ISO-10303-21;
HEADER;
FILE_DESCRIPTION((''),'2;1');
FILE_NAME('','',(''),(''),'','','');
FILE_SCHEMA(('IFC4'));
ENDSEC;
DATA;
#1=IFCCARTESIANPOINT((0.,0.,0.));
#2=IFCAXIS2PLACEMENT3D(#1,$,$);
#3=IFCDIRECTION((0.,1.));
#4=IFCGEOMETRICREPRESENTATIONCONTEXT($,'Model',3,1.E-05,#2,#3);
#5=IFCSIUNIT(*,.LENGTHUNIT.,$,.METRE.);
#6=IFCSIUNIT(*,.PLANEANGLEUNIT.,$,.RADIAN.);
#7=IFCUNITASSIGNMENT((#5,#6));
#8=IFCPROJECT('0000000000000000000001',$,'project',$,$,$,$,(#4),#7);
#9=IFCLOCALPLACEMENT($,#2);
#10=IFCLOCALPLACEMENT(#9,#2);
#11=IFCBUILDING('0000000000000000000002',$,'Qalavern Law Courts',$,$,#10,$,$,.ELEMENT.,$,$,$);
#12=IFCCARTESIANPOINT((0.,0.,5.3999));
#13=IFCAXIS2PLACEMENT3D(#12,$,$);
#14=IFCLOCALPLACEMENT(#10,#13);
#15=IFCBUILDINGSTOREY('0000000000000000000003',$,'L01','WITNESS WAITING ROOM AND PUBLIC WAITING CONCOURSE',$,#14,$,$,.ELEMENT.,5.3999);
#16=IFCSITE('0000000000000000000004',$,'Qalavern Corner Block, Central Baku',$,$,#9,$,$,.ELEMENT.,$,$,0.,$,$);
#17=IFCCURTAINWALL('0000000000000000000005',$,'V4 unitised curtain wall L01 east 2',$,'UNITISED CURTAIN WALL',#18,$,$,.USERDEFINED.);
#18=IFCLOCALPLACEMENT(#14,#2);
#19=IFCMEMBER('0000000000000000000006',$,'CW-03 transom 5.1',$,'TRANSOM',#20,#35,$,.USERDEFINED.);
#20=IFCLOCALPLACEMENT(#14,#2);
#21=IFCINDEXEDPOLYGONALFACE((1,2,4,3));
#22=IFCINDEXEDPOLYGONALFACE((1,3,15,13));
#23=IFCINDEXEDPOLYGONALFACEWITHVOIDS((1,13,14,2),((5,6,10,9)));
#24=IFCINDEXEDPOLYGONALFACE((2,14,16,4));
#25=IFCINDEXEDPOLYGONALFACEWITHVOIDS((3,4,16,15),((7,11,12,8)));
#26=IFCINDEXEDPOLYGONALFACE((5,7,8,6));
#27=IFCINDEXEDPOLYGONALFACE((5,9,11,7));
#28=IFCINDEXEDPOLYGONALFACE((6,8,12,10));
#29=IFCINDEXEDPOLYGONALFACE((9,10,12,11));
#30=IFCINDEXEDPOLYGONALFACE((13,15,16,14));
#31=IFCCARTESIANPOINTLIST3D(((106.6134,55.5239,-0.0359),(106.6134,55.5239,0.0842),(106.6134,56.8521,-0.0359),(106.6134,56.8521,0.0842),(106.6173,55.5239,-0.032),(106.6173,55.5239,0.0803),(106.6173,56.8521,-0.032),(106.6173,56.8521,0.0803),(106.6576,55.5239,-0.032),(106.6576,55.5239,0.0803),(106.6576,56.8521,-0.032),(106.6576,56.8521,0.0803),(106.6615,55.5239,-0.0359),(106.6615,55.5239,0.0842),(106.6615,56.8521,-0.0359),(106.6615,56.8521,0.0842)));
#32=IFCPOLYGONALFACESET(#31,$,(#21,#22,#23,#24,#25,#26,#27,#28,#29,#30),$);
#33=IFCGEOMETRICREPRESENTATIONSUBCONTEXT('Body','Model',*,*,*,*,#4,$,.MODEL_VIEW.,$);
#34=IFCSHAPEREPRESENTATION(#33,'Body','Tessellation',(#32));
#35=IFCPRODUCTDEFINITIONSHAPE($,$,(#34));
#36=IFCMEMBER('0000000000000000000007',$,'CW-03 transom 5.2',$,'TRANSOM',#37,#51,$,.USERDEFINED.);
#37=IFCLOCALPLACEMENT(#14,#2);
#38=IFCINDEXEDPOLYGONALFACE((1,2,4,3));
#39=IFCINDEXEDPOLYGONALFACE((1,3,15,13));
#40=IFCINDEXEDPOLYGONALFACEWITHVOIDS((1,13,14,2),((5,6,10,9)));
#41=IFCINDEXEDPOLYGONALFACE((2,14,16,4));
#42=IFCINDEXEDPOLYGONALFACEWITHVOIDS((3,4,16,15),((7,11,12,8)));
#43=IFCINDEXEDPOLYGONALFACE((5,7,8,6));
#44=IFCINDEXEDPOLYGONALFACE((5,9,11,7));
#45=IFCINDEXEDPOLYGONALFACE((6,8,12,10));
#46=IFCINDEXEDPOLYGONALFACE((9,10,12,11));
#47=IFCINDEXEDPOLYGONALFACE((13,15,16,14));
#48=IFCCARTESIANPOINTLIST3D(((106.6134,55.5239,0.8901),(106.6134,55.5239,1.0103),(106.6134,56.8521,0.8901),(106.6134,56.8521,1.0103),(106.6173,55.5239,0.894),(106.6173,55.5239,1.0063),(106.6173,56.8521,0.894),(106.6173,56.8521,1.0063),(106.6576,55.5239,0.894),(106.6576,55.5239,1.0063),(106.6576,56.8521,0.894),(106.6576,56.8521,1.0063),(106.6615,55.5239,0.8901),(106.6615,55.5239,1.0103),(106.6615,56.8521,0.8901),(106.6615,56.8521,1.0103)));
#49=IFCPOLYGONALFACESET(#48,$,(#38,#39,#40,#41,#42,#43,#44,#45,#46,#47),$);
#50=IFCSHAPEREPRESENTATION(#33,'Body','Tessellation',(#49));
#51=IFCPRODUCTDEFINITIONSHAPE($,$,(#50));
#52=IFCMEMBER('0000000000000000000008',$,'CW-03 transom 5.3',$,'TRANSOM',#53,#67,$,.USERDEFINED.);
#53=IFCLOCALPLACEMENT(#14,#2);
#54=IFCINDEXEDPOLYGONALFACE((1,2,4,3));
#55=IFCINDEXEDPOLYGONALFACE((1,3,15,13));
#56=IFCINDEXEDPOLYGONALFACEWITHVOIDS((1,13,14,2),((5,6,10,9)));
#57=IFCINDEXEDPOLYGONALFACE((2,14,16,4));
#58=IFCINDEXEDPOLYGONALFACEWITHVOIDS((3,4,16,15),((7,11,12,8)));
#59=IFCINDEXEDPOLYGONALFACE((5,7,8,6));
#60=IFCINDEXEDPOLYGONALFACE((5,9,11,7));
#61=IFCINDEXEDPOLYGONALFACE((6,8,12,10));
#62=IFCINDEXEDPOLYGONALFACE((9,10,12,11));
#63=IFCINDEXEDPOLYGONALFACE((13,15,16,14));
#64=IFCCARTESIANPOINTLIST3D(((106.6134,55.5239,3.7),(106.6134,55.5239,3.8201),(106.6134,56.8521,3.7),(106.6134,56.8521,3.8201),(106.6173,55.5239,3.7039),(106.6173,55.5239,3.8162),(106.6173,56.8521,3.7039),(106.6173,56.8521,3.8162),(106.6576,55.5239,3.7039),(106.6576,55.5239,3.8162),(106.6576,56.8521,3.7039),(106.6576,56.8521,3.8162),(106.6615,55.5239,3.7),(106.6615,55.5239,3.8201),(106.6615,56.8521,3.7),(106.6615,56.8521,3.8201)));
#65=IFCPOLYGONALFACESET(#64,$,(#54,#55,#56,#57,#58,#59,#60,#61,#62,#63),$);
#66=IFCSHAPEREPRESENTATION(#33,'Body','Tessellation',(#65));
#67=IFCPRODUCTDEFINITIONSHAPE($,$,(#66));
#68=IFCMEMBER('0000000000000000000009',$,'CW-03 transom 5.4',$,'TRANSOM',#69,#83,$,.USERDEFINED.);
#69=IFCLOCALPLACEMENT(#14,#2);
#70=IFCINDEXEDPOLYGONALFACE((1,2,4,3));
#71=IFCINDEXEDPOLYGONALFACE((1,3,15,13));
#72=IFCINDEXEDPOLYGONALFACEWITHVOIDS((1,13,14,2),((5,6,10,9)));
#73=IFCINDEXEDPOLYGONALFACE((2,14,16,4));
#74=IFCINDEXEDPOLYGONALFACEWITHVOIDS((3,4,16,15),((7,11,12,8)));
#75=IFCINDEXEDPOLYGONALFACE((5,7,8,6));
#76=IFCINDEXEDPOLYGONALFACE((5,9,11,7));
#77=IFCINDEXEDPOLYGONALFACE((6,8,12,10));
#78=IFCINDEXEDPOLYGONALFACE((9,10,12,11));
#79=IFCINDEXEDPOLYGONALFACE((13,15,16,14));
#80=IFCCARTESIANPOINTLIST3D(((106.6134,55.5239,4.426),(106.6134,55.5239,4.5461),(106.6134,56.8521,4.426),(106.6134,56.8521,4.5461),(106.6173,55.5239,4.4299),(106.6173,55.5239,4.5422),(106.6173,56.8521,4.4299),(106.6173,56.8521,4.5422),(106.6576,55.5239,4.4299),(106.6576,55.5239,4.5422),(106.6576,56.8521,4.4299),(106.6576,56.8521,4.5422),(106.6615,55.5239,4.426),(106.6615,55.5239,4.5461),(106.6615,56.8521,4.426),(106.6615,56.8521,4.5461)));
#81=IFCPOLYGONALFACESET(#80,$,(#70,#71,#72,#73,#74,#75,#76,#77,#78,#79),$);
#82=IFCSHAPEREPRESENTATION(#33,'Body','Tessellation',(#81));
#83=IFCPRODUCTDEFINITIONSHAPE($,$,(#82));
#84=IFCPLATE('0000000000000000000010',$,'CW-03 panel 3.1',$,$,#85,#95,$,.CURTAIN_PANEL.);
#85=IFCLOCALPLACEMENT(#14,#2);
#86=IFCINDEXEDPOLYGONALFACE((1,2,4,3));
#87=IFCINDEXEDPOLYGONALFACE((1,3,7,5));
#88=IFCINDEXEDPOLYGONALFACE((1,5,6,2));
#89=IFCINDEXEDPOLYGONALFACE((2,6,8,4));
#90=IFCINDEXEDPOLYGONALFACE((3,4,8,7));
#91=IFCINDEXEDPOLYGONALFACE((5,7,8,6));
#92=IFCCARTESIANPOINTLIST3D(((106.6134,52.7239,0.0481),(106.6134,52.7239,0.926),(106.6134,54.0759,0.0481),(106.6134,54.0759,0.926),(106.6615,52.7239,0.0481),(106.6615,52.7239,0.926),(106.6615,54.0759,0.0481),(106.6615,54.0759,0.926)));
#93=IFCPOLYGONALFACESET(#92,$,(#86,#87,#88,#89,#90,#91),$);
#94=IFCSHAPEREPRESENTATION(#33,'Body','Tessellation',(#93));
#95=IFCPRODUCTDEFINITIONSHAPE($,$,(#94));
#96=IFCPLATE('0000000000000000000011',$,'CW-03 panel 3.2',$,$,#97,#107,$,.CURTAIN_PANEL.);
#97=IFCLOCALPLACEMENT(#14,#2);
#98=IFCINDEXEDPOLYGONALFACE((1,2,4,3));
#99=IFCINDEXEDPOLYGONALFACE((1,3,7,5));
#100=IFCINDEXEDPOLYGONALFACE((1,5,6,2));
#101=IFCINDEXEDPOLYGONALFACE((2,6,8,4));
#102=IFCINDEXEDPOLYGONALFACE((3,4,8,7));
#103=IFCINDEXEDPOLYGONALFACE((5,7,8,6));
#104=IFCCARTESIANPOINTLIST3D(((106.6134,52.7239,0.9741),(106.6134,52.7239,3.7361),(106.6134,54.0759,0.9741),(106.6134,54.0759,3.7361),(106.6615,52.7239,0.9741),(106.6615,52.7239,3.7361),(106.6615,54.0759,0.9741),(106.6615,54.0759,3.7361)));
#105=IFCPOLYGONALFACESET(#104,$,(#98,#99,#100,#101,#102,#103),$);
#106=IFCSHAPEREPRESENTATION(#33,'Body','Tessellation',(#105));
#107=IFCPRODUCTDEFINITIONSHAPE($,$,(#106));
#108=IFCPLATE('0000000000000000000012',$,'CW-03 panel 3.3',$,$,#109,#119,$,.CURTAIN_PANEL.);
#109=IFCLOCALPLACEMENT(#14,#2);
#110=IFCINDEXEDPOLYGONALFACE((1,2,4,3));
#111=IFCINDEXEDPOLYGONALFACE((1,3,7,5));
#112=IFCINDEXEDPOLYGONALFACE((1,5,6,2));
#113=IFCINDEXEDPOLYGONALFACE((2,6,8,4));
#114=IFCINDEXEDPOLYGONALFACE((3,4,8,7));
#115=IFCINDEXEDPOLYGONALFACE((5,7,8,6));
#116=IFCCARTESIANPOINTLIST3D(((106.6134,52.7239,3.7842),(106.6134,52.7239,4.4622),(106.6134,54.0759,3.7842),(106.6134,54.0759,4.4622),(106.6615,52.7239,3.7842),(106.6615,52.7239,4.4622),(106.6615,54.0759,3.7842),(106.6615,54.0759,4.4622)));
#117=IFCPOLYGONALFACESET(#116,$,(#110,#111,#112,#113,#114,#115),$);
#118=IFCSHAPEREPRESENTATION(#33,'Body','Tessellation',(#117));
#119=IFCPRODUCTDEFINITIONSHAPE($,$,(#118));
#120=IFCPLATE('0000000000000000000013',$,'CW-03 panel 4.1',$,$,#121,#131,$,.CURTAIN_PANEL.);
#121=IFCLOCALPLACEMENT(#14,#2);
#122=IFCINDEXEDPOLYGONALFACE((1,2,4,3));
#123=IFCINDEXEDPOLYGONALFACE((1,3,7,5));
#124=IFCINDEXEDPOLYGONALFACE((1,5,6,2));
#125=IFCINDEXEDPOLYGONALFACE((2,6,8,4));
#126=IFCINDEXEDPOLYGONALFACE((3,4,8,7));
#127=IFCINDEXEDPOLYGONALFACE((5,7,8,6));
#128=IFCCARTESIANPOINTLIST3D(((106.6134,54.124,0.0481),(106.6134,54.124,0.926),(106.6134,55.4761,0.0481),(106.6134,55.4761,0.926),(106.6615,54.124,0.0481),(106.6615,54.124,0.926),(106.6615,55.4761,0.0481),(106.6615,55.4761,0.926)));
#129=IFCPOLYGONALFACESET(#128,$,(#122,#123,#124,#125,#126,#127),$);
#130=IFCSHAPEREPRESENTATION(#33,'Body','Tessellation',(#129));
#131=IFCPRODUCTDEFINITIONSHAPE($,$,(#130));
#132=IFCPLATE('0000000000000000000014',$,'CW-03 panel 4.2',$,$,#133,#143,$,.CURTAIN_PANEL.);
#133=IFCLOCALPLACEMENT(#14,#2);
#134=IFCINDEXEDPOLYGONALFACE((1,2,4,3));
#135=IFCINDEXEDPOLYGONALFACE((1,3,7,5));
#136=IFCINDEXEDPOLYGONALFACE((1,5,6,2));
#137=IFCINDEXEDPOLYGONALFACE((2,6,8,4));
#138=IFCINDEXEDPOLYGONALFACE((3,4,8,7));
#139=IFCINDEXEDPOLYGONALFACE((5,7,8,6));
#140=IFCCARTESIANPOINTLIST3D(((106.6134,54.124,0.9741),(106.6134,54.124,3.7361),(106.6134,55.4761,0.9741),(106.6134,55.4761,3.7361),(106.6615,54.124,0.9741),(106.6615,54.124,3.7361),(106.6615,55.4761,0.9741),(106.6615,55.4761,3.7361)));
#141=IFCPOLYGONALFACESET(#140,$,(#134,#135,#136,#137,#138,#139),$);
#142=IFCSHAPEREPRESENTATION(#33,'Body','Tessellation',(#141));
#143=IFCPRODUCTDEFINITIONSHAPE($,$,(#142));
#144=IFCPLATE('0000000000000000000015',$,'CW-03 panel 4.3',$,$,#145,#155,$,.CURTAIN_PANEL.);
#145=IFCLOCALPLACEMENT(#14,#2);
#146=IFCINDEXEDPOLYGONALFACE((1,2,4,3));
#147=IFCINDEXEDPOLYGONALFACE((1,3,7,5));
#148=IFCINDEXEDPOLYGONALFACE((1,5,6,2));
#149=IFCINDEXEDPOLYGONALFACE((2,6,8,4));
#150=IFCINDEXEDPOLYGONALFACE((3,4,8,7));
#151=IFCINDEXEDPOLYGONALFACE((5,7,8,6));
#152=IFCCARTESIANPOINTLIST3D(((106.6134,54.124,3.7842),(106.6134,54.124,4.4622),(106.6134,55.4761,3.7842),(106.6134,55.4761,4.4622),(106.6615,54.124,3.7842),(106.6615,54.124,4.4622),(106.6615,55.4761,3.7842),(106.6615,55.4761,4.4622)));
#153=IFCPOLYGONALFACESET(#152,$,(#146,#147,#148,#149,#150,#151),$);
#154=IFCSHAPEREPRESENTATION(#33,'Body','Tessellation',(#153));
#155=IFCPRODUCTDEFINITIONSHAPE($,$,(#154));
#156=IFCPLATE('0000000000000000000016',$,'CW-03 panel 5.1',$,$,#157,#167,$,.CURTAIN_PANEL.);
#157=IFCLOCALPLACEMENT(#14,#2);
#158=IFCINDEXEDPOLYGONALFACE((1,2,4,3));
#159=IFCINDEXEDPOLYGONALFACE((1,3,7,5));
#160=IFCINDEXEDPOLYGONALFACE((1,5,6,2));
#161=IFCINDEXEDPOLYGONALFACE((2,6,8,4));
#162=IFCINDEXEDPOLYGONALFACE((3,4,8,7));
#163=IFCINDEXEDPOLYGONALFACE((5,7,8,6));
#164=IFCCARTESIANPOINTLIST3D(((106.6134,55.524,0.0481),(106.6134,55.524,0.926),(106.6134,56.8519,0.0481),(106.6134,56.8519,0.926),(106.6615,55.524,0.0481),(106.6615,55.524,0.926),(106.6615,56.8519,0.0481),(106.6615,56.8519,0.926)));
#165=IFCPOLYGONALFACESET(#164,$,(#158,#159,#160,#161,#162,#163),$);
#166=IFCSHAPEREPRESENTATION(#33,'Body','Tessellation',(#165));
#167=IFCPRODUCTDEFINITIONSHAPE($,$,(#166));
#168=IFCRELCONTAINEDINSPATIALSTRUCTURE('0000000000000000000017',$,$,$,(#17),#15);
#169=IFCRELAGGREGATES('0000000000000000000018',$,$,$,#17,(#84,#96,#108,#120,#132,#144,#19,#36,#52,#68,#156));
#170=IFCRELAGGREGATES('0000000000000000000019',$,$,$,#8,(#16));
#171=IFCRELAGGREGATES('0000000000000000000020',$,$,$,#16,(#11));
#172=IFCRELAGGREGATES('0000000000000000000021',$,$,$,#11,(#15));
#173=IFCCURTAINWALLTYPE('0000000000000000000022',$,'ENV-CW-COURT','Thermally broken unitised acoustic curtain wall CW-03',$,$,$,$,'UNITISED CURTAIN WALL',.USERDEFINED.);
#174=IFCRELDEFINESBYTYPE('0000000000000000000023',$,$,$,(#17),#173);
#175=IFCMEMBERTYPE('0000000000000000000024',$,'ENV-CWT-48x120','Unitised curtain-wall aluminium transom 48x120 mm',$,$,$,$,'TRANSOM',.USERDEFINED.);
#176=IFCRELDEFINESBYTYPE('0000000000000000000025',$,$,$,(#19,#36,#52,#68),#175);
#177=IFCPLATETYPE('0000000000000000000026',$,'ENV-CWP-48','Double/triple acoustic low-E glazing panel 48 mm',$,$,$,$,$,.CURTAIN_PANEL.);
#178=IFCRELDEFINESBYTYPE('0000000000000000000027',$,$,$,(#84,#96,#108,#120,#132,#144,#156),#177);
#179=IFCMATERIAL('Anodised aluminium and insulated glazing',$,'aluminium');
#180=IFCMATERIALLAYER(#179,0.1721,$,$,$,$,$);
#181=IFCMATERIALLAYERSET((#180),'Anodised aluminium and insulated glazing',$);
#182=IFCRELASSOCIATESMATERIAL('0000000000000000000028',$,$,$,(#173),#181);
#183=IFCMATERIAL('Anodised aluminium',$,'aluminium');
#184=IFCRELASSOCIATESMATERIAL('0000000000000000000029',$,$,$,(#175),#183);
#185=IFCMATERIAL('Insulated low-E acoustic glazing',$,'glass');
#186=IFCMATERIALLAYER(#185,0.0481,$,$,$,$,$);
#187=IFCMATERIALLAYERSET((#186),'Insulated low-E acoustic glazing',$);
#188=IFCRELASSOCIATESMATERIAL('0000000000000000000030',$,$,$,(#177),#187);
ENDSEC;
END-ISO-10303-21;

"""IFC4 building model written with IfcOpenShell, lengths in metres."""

from ifc_helpers import new_model, si_unit, direction, frame, origin, origin_2d, place, context, subcontext, project, spatial, rectangle, hollow_rectangle, extrude, material, layer, layer_set, material_profile, profile_set, type_object, element, aggregate, save


model = new_model("IFC4")

# Units and contexts
model_context = context("Model", 3, precision=1e-05, world=origin(), true_north=direction((0.0, 1.0)))
body_context = subcontext(model_context, "Body", "Model", "MODEL_VIEW")
ifc_project = project(units=[si_unit("LENGTHUNIT", "METRE"), si_unit("PLANEANGLEUNIT", "RADIAN")], contexts=[model_context])

# Site, building, storey
site_placement = place(None, origin())
site = spatial("IfcSite", under=ifc_project, at=site_placement, Name="Qalavern Corner Block, Central Baku", CompositionType="ELEMENT", RefElevation=0.0)
building_placement = place(site_placement, origin())
building = spatial("IfcBuilding", under=site, at=building_placement, Name="Qalavern Law Courts", CompositionType="ELEMENT")
storey_placement = place(building_placement, frame((0.0, 0.0, 5.3999)))
storey = spatial("IfcBuildingStorey", under=building, at=storey_placement, Name="L01", Description="WITNESS WAITING ROOM AND PUBLIC WAITING CONCOURSE", CompositionType="ELEMENT", Elevation=5.3999)

# Curtain wall, members, plates
ifc_material_1 = material(Name="Anodised aluminium and insulated glazing", Category="aluminium")
ifc_layer_1 = layer(ifc_material_1, 0.1721)
ifc_layer_set_1 = layer_set([ifc_layer_1], Name="Anodised aluminium and insulated glazing")
curtain_wall_type = type_object("IfcCurtainWallType", Name="ENV-CW-COURT", Description="Thermally broken unitised acoustic curtain wall CW-03", ElementType="UNITISED CURTAIN WALL", PredefinedType="USERDEFINED", material=ifc_layer_set_1)
curtain_wall_placement = place(storey_placement, origin())
curtain_wall = element("IfcCurtainWall", 1, at=curtain_wall_placement, inside=storey, type_object=curtain_wall_type, Name="V4 unitised curtain wall L01 east 2", ObjectType="UNITISED CURTAIN WALL", PredefinedType="USERDEFINED")
ifc_material_2 = material(Name="Anodised aluminium", Category="aluminium")
ifc_material_profile_1 = material_profile(ifc_material_2, hollow_rectangle(XDim=0.0481, YDim=0.1201, WallThickness=0.0039, at=origin_2d()), Name="ALU TRANSOM 48x120")
ifc_profile_set_1 = profile_set([ifc_material_profile_1], Name="Anodised aluminium")
member_type_1 = type_object("IfcMemberType", Name="ENV-CWT-48x120", Description="Unitised curtain-wall aluminium transom 48x120 mm", ElementType="TRANSOM", PredefinedType="USERDEFINED", material=ifc_profile_set_1)
member_1_placement = place(storey_placement, frame((106.6375, 55.5239, 0.0242), z_axis=(0.0, 1.0, 0.0), x_axis=(-1.0, 0.0, 0.0)))
member_1 = element("IfcMember", 2, at=member_1_placement, type_object=member_type_1, Name="CW-03 transom 5.1", ObjectType="TRANSOM", PredefinedType="USERDEFINED", context=body_context, shape_type="SweptSolid", body=[
    extrude(hollow_rectangle(XDim=0.0481, YDim=0.1201, WallThickness=0.0039, at=origin_2d()), origin(), (0.0, 0.0, 1.0), 1.3281),
])
member_2_placement = place(storey_placement, frame((106.6375, 55.5239, 0.9502), z_axis=(0.0, 1.0, 0.0), x_axis=(-1.0, 0.0, 0.0)))
member_2 = element("IfcMember", 3, at=member_2_placement, type_object=member_type_1, Name="CW-03 transom 5.2", ObjectType="TRANSOM", PredefinedType="USERDEFINED", context=body_context, shape_type="SweptSolid", body=[
    extrude(hollow_rectangle(XDim=0.0481, YDim=0.1201, WallThickness=0.0039, at=origin_2d()), origin(), (0.0, 0.0, 1.0), 1.3281),
])
member_3_placement = place(storey_placement, frame((106.6375, 55.5239, 3.76), z_axis=(0.0, 1.0, 0.0), x_axis=(-1.0, 0.0, 0.0)))
member_3 = element("IfcMember", 4, at=member_3_placement, type_object=member_type_1, Name="CW-03 transom 5.3", ObjectType="TRANSOM", PredefinedType="USERDEFINED", context=body_context, shape_type="SweptSolid", body=[
    extrude(hollow_rectangle(XDim=0.0481, YDim=0.1201, WallThickness=0.0039, at=origin_2d()), origin(), (0.0, 0.0, 1.0), 1.3281),
])
member_4_placement = place(storey_placement, frame((106.6375, 55.5239, 4.4861), z_axis=(0.0, 1.0, 0.0), x_axis=(-1.0, 0.0, 0.0)))
member_4 = element("IfcMember", 5, at=member_4_placement, type_object=member_type_1, Name="CW-03 transom 5.4", ObjectType="TRANSOM", PredefinedType="USERDEFINED", context=body_context, shape_type="SweptSolid", body=[
    extrude(hollow_rectangle(XDim=0.0481, YDim=0.1201, WallThickness=0.0039, at=origin_2d()), origin(), (0.0, 0.0, 1.0), 1.3281),
])
ifc_material_3 = material(Name="Insulated low-E acoustic glazing", Category="glass")
ifc_layer_2 = layer(ifc_material_3, 0.0481)
ifc_layer_set_2 = layer_set([ifc_layer_2], Name="Insulated low-E acoustic glazing")
plate_type = type_object("IfcPlateType", Name="ENV-CWP-48", Description="Double/triple acoustic low-E glazing panel 48 mm", PredefinedType="CURTAIN_PANEL", material=ifc_layer_set_2)
plate_1_placement = place(storey_placement, frame((106.6375, 53.3999, 0.0481), z_axis=(0.0, 0.0, 1.0), x_axis=(0.0, 1.0, 0.0)))
plate_1 = element("IfcPlate", 6, at=plate_1_placement, type_object=plate_type, Name="CW-03 panel 3.1", PredefinedType="CURTAIN_PANEL", context=body_context, shape_type="SweptSolid", body=[
    extrude(rectangle(XDim=1.3521, YDim=0.0481, at=origin_2d()), origin(), (0.0, 0.0, 1.0), 0.8779),
])
plate_2_placement = place(storey_placement, frame((106.6375, 53.3999, 0.9741), z_axis=(0.0, 0.0, 1.0), x_axis=(0.0, 1.0, 0.0)))
plate_2 = element("IfcPlate", 7, at=plate_2_placement, type_object=plate_type, Name="CW-03 panel 3.2", PredefinedType="CURTAIN_PANEL", context=body_context, shape_type="SweptSolid", body=[
    extrude(rectangle(XDim=1.3521, YDim=0.0481, at=origin_2d()), origin(), (0.0, 0.0, 1.0), 2.762),
])
plate_3_placement = place(storey_placement, frame((106.6375, 53.3999, 3.7842), z_axis=(0.0, 0.0, 1.0), x_axis=(0.0, 1.0, 0.0)))
plate_3 = element("IfcPlate", 8, at=plate_3_placement, type_object=plate_type, Name="CW-03 panel 3.3", PredefinedType="CURTAIN_PANEL", context=body_context, shape_type="SweptSolid", body=[
    extrude(rectangle(XDim=1.3521, YDim=0.0481, at=origin_2d()), origin(), (0.0, 0.0, 1.0), 0.678),
])
plate_4_placement = place(storey_placement, frame((106.6375, 54.8, 0.0481), z_axis=(0.0, 0.0, 1.0), x_axis=(0.0, 1.0, 0.0)))
plate_4 = element("IfcPlate", 9, at=plate_4_placement, type_object=plate_type, Name="CW-03 panel 4.1", PredefinedType="CURTAIN_PANEL", context=body_context, shape_type="SweptSolid", body=[
    extrude(rectangle(XDim=1.3521, YDim=0.0481, at=origin_2d()), origin(), (0.0, 0.0, 1.0), 0.8779),
])
plate_5_placement = place(storey_placement, frame((106.6375, 54.8, 0.9741), z_axis=(0.0, 0.0, 1.0), x_axis=(0.0, 1.0, 0.0)))
plate_5 = element("IfcPlate", 10, at=plate_5_placement, type_object=plate_type, Name="CW-03 panel 4.2", PredefinedType="CURTAIN_PANEL", context=body_context, shape_type="SweptSolid", body=[
    extrude(rectangle(XDim=1.3521, YDim=0.0481, at=origin_2d()), origin(), (0.0, 0.0, 1.0), 2.762),
])
plate_6_placement = place(storey_placement, frame((106.6375, 54.8, 3.7842), z_axis=(0.0, 0.0, 1.0), x_axis=(0.0, 1.0, 0.0)))
plate_6 = element("IfcPlate", 11, at=plate_6_placement, type_object=plate_type, Name="CW-03 panel 4.3", PredefinedType="CURTAIN_PANEL", context=body_context, shape_type="SweptSolid", body=[
    extrude(rectangle(XDim=1.3521, YDim=0.0481, at=origin_2d()), origin(), (0.0, 0.0, 1.0), 0.678),
])
plate_7_placement = place(storey_placement, frame((106.6375, 56.188, 0.0481), z_axis=(0.0, 0.0, 1.0), x_axis=(0.0, 1.0, 0.0)))
plate_7 = element("IfcPlate", 12, at=plate_7_placement, type_object=plate_type, Name="CW-03 panel 5.1", PredefinedType="CURTAIN_PANEL", context=body_context, shape_type="SweptSolid", body=[
    extrude(rectangle(XDim=1.3279, YDim=0.0481, at=origin_2d()), origin(), (0.0, 0.0, 1.0), 0.8779),
])
aggregate(curtain_wall, [plate_1, plate_2, plate_3, plate_4, plate_5, plate_6, member_1, member_2, member_3, member_4, plate_7])

save(model, "model.ifc")
